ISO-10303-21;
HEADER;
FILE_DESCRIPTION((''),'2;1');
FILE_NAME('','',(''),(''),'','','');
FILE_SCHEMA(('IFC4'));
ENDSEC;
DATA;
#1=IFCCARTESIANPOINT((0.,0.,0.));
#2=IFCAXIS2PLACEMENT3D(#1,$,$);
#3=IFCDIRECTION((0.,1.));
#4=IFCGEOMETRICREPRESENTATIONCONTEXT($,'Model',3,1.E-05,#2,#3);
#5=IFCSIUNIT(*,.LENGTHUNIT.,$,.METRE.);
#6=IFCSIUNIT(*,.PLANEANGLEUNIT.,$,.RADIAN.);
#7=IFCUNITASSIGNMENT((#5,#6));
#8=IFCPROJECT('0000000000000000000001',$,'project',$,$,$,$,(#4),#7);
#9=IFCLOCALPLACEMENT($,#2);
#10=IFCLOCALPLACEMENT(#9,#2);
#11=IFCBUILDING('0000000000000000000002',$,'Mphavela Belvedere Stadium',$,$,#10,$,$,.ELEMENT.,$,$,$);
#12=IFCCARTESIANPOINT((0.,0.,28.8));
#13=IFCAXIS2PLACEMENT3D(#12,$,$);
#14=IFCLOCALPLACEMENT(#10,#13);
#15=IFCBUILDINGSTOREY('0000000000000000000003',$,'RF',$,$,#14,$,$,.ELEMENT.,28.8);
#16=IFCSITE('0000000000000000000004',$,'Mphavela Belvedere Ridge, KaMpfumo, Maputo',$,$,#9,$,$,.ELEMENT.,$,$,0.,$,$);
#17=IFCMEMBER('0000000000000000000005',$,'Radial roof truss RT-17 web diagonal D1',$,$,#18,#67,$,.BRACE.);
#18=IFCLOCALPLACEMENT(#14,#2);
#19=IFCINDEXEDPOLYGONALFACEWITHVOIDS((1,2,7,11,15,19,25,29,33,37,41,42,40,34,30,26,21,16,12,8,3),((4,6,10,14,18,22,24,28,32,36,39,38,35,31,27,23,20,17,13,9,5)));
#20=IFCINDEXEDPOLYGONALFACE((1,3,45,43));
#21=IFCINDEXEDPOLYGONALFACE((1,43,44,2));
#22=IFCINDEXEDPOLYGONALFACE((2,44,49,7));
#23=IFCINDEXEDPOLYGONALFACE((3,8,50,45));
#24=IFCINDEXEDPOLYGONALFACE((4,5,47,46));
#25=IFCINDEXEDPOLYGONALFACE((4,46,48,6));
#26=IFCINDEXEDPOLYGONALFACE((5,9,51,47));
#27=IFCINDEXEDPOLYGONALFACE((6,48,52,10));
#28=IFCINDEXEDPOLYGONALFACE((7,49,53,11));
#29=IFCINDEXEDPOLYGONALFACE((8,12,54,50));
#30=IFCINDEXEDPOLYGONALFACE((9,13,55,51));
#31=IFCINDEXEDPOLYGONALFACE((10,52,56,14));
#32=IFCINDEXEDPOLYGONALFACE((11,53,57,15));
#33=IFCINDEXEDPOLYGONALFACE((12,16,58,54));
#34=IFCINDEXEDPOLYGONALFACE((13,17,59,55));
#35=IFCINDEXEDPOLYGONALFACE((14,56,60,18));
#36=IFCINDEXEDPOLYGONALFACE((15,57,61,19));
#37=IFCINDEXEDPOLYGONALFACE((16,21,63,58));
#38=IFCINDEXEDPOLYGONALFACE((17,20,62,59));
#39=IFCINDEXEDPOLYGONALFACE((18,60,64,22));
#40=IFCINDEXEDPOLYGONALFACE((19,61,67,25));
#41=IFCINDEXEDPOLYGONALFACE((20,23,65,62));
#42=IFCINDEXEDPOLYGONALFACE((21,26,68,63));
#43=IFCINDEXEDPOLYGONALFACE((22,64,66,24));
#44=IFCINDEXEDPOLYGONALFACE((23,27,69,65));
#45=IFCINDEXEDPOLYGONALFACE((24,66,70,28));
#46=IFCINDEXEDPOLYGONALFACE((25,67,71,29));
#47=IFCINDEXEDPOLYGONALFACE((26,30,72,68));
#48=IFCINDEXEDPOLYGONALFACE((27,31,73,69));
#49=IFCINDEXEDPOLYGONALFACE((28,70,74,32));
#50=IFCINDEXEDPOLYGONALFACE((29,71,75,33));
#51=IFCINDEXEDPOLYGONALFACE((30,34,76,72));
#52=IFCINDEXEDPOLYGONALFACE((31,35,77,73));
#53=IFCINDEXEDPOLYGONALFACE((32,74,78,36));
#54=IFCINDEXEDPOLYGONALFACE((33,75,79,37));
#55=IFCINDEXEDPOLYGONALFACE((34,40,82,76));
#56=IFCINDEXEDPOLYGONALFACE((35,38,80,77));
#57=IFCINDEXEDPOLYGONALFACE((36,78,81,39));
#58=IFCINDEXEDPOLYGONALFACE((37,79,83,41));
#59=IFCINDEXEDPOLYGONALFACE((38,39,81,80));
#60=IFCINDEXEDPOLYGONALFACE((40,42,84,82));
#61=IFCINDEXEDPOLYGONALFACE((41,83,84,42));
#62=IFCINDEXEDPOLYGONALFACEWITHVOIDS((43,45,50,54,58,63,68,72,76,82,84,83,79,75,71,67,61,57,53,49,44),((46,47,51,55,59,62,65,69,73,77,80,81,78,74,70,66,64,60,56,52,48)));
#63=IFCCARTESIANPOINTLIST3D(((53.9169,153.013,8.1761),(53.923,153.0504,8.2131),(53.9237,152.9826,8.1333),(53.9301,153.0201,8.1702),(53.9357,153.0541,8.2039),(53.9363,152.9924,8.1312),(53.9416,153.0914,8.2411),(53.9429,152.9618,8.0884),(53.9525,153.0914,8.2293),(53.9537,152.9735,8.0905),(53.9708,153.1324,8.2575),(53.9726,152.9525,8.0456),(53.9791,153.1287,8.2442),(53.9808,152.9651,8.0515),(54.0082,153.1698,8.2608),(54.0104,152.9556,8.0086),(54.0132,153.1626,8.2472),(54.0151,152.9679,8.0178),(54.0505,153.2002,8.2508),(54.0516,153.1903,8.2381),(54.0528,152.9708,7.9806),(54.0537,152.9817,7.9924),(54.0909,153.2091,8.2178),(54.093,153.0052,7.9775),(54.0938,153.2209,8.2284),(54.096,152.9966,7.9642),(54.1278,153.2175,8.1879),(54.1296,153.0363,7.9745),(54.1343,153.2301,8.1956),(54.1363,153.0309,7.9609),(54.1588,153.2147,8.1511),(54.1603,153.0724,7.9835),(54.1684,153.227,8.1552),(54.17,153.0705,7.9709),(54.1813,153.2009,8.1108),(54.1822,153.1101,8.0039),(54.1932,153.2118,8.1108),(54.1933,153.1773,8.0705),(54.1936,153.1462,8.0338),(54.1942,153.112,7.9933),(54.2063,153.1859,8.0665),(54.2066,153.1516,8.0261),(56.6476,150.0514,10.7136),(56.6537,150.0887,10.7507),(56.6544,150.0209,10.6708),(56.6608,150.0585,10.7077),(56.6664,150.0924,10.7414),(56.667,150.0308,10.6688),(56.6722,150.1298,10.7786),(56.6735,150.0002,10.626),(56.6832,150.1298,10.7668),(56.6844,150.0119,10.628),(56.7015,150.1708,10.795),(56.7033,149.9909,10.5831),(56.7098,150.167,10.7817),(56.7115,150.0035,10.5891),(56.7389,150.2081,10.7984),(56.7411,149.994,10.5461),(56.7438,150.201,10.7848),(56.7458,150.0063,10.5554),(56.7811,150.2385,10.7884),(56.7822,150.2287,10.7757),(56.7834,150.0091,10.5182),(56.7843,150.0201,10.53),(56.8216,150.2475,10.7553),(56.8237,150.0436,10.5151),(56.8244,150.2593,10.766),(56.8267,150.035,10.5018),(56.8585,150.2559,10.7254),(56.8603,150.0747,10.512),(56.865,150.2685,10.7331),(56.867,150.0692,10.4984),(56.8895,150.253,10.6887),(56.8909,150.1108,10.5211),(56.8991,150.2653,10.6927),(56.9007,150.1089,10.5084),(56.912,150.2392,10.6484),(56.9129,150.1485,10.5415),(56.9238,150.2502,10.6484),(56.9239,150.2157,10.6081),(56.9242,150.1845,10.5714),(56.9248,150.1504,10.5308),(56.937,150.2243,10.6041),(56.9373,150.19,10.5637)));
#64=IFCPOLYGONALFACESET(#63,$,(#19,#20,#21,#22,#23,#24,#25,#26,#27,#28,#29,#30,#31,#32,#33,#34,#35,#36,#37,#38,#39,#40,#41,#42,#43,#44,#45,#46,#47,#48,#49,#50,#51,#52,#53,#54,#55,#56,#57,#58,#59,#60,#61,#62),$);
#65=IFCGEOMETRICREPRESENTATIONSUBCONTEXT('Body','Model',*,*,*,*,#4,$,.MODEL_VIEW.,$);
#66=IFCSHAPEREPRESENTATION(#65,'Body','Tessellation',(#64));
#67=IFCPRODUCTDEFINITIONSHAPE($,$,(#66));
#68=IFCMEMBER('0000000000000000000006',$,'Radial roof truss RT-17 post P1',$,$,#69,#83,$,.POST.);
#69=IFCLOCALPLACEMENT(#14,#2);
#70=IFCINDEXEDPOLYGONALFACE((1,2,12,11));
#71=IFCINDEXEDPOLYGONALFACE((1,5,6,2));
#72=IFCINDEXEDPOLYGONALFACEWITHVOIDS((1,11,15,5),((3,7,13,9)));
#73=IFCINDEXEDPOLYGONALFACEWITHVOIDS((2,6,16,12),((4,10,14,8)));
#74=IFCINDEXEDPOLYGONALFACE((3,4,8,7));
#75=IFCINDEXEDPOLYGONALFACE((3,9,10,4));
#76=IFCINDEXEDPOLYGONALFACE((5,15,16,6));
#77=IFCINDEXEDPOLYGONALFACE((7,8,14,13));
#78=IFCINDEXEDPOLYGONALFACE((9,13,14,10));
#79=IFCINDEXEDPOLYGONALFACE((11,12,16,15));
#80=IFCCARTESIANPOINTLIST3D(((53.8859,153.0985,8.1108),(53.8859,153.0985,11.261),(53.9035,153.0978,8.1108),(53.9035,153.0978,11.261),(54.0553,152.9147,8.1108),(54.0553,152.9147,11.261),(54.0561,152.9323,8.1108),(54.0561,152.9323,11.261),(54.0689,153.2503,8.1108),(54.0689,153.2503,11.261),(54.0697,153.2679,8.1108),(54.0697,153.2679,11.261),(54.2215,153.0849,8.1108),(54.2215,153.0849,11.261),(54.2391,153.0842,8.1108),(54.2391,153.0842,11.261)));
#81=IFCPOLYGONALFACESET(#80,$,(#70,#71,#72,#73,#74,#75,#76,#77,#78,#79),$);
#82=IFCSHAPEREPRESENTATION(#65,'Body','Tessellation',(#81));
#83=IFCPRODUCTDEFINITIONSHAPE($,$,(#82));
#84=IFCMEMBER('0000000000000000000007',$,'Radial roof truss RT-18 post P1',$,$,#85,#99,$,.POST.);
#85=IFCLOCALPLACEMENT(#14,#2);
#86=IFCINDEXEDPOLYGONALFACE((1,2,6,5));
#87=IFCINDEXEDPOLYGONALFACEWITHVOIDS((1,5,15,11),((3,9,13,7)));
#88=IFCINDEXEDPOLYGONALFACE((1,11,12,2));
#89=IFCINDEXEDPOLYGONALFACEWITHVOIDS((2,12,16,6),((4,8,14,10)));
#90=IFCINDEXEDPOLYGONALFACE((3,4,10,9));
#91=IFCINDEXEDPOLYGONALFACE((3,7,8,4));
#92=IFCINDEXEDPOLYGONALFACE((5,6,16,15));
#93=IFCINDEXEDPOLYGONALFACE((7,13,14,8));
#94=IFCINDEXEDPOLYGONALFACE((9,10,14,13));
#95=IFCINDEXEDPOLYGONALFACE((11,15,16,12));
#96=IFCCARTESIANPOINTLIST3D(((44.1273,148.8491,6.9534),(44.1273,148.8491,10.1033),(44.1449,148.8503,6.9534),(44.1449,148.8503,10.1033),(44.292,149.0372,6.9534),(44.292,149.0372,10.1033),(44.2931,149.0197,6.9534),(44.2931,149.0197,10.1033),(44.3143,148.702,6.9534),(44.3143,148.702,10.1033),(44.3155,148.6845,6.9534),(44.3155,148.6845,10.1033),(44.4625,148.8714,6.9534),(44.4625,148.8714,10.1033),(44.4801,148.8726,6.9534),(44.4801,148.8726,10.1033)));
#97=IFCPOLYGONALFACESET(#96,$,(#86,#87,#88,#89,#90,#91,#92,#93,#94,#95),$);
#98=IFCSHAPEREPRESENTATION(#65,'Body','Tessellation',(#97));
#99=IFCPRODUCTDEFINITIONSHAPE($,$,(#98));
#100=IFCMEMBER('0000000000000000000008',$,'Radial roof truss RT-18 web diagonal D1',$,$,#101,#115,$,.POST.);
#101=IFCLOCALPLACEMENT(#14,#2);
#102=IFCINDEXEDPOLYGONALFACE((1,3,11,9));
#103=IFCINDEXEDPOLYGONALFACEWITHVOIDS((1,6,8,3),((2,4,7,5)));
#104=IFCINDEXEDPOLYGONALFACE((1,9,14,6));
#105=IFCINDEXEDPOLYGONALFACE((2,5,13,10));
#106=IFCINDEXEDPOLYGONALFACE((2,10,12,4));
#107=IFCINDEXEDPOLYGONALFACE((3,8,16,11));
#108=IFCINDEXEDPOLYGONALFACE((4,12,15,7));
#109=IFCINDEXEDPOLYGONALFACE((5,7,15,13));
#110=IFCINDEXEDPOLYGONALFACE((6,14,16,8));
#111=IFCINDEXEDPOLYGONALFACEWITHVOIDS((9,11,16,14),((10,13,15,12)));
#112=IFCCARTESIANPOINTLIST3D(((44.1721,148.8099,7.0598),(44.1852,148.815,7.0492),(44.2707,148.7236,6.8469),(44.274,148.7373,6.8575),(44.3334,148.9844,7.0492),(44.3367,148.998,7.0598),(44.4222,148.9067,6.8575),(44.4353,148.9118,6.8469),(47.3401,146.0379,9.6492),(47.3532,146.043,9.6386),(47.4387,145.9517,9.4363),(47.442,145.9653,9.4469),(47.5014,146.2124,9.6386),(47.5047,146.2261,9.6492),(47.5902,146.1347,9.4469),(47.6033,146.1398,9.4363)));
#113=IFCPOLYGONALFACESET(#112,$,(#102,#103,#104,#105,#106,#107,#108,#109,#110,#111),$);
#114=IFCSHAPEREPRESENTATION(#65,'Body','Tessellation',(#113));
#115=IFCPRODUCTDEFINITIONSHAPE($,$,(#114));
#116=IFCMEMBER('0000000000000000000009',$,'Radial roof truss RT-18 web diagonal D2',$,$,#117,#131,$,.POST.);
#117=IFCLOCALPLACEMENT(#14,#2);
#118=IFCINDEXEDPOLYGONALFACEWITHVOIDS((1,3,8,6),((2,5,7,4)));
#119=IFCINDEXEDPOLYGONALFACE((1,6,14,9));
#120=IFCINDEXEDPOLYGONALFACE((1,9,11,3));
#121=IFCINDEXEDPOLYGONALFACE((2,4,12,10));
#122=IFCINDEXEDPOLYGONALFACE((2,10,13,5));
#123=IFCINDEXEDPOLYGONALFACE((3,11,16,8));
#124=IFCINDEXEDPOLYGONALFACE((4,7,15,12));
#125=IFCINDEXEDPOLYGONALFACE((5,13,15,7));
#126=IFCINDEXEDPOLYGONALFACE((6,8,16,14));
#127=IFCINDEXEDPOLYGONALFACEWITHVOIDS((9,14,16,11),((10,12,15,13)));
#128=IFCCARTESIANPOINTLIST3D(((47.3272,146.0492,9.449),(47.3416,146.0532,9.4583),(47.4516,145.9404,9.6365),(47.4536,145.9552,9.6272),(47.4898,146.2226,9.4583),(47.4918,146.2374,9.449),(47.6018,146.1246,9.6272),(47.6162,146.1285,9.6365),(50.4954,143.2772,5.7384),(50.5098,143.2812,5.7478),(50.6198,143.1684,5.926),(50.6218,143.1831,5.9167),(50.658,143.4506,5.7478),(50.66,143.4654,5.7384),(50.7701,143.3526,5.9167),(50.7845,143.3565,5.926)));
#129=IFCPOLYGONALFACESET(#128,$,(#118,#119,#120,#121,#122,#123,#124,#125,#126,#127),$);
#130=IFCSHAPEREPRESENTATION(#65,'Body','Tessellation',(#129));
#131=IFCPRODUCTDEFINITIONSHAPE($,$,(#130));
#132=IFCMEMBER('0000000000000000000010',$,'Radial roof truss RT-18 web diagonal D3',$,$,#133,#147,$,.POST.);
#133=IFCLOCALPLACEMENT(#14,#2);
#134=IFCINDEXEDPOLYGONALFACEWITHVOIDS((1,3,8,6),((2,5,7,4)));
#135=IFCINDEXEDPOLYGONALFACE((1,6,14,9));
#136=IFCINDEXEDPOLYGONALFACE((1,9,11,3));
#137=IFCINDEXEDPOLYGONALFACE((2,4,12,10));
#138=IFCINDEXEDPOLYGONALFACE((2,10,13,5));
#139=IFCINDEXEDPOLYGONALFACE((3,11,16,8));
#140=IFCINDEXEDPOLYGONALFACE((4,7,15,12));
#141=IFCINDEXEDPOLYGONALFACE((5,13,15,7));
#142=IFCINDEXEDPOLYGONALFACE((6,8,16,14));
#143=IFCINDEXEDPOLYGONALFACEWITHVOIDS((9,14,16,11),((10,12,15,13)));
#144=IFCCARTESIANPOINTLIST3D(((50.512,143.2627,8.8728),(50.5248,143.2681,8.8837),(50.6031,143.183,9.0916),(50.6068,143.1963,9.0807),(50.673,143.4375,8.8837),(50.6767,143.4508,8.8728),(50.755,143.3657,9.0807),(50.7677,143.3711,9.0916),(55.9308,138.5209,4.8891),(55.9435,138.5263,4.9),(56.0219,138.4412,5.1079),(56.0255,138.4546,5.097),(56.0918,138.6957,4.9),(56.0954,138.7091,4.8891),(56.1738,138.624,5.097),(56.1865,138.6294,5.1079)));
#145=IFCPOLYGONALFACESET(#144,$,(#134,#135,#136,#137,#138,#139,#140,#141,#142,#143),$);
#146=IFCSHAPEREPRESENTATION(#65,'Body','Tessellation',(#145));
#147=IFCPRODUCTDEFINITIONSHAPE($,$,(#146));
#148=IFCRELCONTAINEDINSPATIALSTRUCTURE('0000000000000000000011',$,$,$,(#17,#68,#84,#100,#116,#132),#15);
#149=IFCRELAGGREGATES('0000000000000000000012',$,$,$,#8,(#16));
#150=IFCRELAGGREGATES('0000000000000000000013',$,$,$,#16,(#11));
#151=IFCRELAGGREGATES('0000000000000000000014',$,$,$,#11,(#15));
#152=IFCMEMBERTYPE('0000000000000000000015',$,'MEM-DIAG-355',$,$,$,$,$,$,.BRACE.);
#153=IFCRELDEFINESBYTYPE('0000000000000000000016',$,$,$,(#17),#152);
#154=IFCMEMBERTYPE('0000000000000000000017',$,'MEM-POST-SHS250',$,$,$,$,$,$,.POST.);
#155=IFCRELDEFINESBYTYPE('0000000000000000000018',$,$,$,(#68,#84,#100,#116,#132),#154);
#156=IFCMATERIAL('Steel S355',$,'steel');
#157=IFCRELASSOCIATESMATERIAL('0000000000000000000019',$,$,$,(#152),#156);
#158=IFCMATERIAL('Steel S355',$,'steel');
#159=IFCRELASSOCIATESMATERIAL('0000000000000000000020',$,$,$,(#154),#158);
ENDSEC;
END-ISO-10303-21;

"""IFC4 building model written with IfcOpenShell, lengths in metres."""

from ifc_helpers import new_model, si_unit, direction, frame, origin, origin_2d, place, context, subcontext, project, spatial, hollow_rectangle, hollow_circle, extrude, material, material_profile, profile_set, type_object, element, save


model = new_model("IFC4")

# Units and contexts
model_context = context("Model", 3, precision=1e-05, world=origin(), true_north=direction((0.0, 1.0)))
body_context = subcontext(model_context, "Body", "Model", "MODEL_VIEW")
ifc_project = project(units=[si_unit("LENGTHUNIT", "METRE"), si_unit("PLANEANGLEUNIT", "RADIAN")], contexts=[model_context])

# Site, building, storey
site_placement = place(None, origin())
site = spatial("IfcSite", under=ifc_project, at=site_placement, Name="Mphavela Belvedere Ridge, KaMpfumo, Maputo", CompositionType="ELEMENT", RefElevation=0.0)
building_placement = place(site_placement, origin())
building = spatial("IfcBuilding", under=site, at=building_placement, Name="Mphavela Belvedere Stadium", CompositionType="ELEMENT")
storey_placement = place(building_placement, frame((0.0, 0.0, 28.8)))
storey = spatial("IfcBuildingStorey", under=building, at=storey_placement, Name="RF", CompositionType="ELEMENT", Elevation=28.8)

# Members
ifc_material_1 = material(Name="Steel S355", Category="steel")
ifc_material_profile_1 = material_profile(ifc_material_1, hollow_circle(Radius=0.1777, WallThickness=0.0161, at=origin_2d()), Name="CHS 355.6x16")
ifc_profile_set_1 = profile_set([ifc_material_profile_1], Name="Steel S355")
member_type_1 = type_object("IfcMemberType", Name="MEM-DIAG-355", PredefinedType="BRACE", material=ifc_profile_set_1)
member_1_placement = place(storey_placement, frame((54.0625, 153.0913, 8.1108), z_axis=(0.573552, -0.622061, 0.53299), x_axis=(0.735191, 0.67786, 0.0)))
element("IfcMember", 1, at=member_1_placement, inside=storey, type_object=member_type_1, Name="Radial roof truss RT-17 web diagonal D1", PredefinedType="BRACE", context=body_context, shape_type="SweptSolid", body=[
    extrude(hollow_circle(Radius=0.1777, WallThickness=0.0161, at=origin_2d()), origin(), (0.0, 0.0, 1.0), 4.761),
])
ifc_material_2 = material(Name="Steel S355", Category="steel")
ifc_material_profile_2 = material_profile(ifc_material_2, hollow_rectangle(XDim=0.25, YDim=0.25, WallThickness=0.0125, at=origin_2d()), Name="SHS 250x250x12.5")
ifc_profile_set_2 = profile_set([ifc_material_profile_2], Name="Steel S355")
member_type_2 = type_object("IfcMemberType", Name="MEM-POST-SHS250", PredefinedType="POST", material=ifc_profile_set_2)
member_2_placement = place(storey_placement, frame((54.0625, 153.0913, 8.1108), z_axis=(0.0, 0.0, 1.0), x_axis=(-0.677903, 0.735151, 0.0)))
element("IfcMember", 2, at=member_2_placement, inside=storey, type_object=member_type_2, Name="Radial roof truss RT-17 post P1", PredefinedType="POST", context=body_context, shape_type="SweptSolid", body=[
    extrude(hollow_rectangle(XDim=0.25, YDim=0.25, WallThickness=0.0125, at=origin_2d()), origin(), (0.0, 0.0, 1.0), 3.1501),
])
member_3_placement = place(storey_placement, frame((44.3037, 148.8608, 6.9534), z_axis=(0.0, 0.0, 1.0), x_axis=(-0.75253, 0.658558, 0.0)))
element("IfcMember", 3, at=member_3_placement, inside=storey, type_object=member_type_2, Name="Radial roof truss RT-18 post P1", PredefinedType="POST", context=body_context, shape_type="SweptSolid", body=[
    extrude(hollow_rectangle(XDim=0.25, YDim=0.25, WallThickness=0.0125, at=origin_2d()), origin(), (0.0, 0.0, 1.0), 3.1499),
])
member_4_placement = place(storey_placement, frame((44.3037, 148.8608, 6.9534), z_axis=(0.641013, -0.560887, 0.523935), x_axis=(0.658505, 0.752577, 0.0)))
element("IfcMember", 4, at=member_4_placement, inside=storey, type_object=member_type_2, Name="Radial roof truss RT-18 web diagonal D1", PredefinedType="POST", context=body_context, shape_type="SweptSolid", body=[
    extrude(hollow_rectangle(XDim=0.25, YDim=0.25, WallThickness=0.0125, at=origin_2d()), origin(), (0.0, 0.0, 1.0), 4.9421),
])
member_5_placement = place(storey_placement, frame((47.4717, 146.0889, 9.5427), z_axis=(0.564594, -0.493981, -0.661223), x_axis=(0.658476, 0.752602, 0.0)))
element("IfcMember", 5, at=member_5_placement, inside=storey, type_object=member_type_2, Name="Radial roof truss RT-18 web diagonal D2", PredefinedType="POST", context=body_context, shape_type="SweptSolid", body=[
    extrude(hollow_rectangle(XDim=0.25, YDim=0.25, WallThickness=0.0125, at=origin_2d()), origin(), (0.0, 0.0, 1.0), 5.6116),
])
member_6_placement = place(storey_placement, frame((50.6399, 143.3169, 8.9822), z_axis=(0.658493, -0.576222, -0.484102), x_axis=(0.658531, 0.752554, 0.0)))
element("IfcMember", 6, at=member_6_placement, inside=storey, type_object=member_type_2, Name="Radial roof truss RT-18 web diagonal D3", PredefinedType="POST", context=body_context, shape_type="SweptSolid", body=[
    extrude(hollow_rectangle(XDim=0.25, YDim=0.25, WallThickness=0.0125, at=origin_2d()), origin(), (0.0, 0.0, 1.0), 8.229),
])

save(model, "model.ifc")
